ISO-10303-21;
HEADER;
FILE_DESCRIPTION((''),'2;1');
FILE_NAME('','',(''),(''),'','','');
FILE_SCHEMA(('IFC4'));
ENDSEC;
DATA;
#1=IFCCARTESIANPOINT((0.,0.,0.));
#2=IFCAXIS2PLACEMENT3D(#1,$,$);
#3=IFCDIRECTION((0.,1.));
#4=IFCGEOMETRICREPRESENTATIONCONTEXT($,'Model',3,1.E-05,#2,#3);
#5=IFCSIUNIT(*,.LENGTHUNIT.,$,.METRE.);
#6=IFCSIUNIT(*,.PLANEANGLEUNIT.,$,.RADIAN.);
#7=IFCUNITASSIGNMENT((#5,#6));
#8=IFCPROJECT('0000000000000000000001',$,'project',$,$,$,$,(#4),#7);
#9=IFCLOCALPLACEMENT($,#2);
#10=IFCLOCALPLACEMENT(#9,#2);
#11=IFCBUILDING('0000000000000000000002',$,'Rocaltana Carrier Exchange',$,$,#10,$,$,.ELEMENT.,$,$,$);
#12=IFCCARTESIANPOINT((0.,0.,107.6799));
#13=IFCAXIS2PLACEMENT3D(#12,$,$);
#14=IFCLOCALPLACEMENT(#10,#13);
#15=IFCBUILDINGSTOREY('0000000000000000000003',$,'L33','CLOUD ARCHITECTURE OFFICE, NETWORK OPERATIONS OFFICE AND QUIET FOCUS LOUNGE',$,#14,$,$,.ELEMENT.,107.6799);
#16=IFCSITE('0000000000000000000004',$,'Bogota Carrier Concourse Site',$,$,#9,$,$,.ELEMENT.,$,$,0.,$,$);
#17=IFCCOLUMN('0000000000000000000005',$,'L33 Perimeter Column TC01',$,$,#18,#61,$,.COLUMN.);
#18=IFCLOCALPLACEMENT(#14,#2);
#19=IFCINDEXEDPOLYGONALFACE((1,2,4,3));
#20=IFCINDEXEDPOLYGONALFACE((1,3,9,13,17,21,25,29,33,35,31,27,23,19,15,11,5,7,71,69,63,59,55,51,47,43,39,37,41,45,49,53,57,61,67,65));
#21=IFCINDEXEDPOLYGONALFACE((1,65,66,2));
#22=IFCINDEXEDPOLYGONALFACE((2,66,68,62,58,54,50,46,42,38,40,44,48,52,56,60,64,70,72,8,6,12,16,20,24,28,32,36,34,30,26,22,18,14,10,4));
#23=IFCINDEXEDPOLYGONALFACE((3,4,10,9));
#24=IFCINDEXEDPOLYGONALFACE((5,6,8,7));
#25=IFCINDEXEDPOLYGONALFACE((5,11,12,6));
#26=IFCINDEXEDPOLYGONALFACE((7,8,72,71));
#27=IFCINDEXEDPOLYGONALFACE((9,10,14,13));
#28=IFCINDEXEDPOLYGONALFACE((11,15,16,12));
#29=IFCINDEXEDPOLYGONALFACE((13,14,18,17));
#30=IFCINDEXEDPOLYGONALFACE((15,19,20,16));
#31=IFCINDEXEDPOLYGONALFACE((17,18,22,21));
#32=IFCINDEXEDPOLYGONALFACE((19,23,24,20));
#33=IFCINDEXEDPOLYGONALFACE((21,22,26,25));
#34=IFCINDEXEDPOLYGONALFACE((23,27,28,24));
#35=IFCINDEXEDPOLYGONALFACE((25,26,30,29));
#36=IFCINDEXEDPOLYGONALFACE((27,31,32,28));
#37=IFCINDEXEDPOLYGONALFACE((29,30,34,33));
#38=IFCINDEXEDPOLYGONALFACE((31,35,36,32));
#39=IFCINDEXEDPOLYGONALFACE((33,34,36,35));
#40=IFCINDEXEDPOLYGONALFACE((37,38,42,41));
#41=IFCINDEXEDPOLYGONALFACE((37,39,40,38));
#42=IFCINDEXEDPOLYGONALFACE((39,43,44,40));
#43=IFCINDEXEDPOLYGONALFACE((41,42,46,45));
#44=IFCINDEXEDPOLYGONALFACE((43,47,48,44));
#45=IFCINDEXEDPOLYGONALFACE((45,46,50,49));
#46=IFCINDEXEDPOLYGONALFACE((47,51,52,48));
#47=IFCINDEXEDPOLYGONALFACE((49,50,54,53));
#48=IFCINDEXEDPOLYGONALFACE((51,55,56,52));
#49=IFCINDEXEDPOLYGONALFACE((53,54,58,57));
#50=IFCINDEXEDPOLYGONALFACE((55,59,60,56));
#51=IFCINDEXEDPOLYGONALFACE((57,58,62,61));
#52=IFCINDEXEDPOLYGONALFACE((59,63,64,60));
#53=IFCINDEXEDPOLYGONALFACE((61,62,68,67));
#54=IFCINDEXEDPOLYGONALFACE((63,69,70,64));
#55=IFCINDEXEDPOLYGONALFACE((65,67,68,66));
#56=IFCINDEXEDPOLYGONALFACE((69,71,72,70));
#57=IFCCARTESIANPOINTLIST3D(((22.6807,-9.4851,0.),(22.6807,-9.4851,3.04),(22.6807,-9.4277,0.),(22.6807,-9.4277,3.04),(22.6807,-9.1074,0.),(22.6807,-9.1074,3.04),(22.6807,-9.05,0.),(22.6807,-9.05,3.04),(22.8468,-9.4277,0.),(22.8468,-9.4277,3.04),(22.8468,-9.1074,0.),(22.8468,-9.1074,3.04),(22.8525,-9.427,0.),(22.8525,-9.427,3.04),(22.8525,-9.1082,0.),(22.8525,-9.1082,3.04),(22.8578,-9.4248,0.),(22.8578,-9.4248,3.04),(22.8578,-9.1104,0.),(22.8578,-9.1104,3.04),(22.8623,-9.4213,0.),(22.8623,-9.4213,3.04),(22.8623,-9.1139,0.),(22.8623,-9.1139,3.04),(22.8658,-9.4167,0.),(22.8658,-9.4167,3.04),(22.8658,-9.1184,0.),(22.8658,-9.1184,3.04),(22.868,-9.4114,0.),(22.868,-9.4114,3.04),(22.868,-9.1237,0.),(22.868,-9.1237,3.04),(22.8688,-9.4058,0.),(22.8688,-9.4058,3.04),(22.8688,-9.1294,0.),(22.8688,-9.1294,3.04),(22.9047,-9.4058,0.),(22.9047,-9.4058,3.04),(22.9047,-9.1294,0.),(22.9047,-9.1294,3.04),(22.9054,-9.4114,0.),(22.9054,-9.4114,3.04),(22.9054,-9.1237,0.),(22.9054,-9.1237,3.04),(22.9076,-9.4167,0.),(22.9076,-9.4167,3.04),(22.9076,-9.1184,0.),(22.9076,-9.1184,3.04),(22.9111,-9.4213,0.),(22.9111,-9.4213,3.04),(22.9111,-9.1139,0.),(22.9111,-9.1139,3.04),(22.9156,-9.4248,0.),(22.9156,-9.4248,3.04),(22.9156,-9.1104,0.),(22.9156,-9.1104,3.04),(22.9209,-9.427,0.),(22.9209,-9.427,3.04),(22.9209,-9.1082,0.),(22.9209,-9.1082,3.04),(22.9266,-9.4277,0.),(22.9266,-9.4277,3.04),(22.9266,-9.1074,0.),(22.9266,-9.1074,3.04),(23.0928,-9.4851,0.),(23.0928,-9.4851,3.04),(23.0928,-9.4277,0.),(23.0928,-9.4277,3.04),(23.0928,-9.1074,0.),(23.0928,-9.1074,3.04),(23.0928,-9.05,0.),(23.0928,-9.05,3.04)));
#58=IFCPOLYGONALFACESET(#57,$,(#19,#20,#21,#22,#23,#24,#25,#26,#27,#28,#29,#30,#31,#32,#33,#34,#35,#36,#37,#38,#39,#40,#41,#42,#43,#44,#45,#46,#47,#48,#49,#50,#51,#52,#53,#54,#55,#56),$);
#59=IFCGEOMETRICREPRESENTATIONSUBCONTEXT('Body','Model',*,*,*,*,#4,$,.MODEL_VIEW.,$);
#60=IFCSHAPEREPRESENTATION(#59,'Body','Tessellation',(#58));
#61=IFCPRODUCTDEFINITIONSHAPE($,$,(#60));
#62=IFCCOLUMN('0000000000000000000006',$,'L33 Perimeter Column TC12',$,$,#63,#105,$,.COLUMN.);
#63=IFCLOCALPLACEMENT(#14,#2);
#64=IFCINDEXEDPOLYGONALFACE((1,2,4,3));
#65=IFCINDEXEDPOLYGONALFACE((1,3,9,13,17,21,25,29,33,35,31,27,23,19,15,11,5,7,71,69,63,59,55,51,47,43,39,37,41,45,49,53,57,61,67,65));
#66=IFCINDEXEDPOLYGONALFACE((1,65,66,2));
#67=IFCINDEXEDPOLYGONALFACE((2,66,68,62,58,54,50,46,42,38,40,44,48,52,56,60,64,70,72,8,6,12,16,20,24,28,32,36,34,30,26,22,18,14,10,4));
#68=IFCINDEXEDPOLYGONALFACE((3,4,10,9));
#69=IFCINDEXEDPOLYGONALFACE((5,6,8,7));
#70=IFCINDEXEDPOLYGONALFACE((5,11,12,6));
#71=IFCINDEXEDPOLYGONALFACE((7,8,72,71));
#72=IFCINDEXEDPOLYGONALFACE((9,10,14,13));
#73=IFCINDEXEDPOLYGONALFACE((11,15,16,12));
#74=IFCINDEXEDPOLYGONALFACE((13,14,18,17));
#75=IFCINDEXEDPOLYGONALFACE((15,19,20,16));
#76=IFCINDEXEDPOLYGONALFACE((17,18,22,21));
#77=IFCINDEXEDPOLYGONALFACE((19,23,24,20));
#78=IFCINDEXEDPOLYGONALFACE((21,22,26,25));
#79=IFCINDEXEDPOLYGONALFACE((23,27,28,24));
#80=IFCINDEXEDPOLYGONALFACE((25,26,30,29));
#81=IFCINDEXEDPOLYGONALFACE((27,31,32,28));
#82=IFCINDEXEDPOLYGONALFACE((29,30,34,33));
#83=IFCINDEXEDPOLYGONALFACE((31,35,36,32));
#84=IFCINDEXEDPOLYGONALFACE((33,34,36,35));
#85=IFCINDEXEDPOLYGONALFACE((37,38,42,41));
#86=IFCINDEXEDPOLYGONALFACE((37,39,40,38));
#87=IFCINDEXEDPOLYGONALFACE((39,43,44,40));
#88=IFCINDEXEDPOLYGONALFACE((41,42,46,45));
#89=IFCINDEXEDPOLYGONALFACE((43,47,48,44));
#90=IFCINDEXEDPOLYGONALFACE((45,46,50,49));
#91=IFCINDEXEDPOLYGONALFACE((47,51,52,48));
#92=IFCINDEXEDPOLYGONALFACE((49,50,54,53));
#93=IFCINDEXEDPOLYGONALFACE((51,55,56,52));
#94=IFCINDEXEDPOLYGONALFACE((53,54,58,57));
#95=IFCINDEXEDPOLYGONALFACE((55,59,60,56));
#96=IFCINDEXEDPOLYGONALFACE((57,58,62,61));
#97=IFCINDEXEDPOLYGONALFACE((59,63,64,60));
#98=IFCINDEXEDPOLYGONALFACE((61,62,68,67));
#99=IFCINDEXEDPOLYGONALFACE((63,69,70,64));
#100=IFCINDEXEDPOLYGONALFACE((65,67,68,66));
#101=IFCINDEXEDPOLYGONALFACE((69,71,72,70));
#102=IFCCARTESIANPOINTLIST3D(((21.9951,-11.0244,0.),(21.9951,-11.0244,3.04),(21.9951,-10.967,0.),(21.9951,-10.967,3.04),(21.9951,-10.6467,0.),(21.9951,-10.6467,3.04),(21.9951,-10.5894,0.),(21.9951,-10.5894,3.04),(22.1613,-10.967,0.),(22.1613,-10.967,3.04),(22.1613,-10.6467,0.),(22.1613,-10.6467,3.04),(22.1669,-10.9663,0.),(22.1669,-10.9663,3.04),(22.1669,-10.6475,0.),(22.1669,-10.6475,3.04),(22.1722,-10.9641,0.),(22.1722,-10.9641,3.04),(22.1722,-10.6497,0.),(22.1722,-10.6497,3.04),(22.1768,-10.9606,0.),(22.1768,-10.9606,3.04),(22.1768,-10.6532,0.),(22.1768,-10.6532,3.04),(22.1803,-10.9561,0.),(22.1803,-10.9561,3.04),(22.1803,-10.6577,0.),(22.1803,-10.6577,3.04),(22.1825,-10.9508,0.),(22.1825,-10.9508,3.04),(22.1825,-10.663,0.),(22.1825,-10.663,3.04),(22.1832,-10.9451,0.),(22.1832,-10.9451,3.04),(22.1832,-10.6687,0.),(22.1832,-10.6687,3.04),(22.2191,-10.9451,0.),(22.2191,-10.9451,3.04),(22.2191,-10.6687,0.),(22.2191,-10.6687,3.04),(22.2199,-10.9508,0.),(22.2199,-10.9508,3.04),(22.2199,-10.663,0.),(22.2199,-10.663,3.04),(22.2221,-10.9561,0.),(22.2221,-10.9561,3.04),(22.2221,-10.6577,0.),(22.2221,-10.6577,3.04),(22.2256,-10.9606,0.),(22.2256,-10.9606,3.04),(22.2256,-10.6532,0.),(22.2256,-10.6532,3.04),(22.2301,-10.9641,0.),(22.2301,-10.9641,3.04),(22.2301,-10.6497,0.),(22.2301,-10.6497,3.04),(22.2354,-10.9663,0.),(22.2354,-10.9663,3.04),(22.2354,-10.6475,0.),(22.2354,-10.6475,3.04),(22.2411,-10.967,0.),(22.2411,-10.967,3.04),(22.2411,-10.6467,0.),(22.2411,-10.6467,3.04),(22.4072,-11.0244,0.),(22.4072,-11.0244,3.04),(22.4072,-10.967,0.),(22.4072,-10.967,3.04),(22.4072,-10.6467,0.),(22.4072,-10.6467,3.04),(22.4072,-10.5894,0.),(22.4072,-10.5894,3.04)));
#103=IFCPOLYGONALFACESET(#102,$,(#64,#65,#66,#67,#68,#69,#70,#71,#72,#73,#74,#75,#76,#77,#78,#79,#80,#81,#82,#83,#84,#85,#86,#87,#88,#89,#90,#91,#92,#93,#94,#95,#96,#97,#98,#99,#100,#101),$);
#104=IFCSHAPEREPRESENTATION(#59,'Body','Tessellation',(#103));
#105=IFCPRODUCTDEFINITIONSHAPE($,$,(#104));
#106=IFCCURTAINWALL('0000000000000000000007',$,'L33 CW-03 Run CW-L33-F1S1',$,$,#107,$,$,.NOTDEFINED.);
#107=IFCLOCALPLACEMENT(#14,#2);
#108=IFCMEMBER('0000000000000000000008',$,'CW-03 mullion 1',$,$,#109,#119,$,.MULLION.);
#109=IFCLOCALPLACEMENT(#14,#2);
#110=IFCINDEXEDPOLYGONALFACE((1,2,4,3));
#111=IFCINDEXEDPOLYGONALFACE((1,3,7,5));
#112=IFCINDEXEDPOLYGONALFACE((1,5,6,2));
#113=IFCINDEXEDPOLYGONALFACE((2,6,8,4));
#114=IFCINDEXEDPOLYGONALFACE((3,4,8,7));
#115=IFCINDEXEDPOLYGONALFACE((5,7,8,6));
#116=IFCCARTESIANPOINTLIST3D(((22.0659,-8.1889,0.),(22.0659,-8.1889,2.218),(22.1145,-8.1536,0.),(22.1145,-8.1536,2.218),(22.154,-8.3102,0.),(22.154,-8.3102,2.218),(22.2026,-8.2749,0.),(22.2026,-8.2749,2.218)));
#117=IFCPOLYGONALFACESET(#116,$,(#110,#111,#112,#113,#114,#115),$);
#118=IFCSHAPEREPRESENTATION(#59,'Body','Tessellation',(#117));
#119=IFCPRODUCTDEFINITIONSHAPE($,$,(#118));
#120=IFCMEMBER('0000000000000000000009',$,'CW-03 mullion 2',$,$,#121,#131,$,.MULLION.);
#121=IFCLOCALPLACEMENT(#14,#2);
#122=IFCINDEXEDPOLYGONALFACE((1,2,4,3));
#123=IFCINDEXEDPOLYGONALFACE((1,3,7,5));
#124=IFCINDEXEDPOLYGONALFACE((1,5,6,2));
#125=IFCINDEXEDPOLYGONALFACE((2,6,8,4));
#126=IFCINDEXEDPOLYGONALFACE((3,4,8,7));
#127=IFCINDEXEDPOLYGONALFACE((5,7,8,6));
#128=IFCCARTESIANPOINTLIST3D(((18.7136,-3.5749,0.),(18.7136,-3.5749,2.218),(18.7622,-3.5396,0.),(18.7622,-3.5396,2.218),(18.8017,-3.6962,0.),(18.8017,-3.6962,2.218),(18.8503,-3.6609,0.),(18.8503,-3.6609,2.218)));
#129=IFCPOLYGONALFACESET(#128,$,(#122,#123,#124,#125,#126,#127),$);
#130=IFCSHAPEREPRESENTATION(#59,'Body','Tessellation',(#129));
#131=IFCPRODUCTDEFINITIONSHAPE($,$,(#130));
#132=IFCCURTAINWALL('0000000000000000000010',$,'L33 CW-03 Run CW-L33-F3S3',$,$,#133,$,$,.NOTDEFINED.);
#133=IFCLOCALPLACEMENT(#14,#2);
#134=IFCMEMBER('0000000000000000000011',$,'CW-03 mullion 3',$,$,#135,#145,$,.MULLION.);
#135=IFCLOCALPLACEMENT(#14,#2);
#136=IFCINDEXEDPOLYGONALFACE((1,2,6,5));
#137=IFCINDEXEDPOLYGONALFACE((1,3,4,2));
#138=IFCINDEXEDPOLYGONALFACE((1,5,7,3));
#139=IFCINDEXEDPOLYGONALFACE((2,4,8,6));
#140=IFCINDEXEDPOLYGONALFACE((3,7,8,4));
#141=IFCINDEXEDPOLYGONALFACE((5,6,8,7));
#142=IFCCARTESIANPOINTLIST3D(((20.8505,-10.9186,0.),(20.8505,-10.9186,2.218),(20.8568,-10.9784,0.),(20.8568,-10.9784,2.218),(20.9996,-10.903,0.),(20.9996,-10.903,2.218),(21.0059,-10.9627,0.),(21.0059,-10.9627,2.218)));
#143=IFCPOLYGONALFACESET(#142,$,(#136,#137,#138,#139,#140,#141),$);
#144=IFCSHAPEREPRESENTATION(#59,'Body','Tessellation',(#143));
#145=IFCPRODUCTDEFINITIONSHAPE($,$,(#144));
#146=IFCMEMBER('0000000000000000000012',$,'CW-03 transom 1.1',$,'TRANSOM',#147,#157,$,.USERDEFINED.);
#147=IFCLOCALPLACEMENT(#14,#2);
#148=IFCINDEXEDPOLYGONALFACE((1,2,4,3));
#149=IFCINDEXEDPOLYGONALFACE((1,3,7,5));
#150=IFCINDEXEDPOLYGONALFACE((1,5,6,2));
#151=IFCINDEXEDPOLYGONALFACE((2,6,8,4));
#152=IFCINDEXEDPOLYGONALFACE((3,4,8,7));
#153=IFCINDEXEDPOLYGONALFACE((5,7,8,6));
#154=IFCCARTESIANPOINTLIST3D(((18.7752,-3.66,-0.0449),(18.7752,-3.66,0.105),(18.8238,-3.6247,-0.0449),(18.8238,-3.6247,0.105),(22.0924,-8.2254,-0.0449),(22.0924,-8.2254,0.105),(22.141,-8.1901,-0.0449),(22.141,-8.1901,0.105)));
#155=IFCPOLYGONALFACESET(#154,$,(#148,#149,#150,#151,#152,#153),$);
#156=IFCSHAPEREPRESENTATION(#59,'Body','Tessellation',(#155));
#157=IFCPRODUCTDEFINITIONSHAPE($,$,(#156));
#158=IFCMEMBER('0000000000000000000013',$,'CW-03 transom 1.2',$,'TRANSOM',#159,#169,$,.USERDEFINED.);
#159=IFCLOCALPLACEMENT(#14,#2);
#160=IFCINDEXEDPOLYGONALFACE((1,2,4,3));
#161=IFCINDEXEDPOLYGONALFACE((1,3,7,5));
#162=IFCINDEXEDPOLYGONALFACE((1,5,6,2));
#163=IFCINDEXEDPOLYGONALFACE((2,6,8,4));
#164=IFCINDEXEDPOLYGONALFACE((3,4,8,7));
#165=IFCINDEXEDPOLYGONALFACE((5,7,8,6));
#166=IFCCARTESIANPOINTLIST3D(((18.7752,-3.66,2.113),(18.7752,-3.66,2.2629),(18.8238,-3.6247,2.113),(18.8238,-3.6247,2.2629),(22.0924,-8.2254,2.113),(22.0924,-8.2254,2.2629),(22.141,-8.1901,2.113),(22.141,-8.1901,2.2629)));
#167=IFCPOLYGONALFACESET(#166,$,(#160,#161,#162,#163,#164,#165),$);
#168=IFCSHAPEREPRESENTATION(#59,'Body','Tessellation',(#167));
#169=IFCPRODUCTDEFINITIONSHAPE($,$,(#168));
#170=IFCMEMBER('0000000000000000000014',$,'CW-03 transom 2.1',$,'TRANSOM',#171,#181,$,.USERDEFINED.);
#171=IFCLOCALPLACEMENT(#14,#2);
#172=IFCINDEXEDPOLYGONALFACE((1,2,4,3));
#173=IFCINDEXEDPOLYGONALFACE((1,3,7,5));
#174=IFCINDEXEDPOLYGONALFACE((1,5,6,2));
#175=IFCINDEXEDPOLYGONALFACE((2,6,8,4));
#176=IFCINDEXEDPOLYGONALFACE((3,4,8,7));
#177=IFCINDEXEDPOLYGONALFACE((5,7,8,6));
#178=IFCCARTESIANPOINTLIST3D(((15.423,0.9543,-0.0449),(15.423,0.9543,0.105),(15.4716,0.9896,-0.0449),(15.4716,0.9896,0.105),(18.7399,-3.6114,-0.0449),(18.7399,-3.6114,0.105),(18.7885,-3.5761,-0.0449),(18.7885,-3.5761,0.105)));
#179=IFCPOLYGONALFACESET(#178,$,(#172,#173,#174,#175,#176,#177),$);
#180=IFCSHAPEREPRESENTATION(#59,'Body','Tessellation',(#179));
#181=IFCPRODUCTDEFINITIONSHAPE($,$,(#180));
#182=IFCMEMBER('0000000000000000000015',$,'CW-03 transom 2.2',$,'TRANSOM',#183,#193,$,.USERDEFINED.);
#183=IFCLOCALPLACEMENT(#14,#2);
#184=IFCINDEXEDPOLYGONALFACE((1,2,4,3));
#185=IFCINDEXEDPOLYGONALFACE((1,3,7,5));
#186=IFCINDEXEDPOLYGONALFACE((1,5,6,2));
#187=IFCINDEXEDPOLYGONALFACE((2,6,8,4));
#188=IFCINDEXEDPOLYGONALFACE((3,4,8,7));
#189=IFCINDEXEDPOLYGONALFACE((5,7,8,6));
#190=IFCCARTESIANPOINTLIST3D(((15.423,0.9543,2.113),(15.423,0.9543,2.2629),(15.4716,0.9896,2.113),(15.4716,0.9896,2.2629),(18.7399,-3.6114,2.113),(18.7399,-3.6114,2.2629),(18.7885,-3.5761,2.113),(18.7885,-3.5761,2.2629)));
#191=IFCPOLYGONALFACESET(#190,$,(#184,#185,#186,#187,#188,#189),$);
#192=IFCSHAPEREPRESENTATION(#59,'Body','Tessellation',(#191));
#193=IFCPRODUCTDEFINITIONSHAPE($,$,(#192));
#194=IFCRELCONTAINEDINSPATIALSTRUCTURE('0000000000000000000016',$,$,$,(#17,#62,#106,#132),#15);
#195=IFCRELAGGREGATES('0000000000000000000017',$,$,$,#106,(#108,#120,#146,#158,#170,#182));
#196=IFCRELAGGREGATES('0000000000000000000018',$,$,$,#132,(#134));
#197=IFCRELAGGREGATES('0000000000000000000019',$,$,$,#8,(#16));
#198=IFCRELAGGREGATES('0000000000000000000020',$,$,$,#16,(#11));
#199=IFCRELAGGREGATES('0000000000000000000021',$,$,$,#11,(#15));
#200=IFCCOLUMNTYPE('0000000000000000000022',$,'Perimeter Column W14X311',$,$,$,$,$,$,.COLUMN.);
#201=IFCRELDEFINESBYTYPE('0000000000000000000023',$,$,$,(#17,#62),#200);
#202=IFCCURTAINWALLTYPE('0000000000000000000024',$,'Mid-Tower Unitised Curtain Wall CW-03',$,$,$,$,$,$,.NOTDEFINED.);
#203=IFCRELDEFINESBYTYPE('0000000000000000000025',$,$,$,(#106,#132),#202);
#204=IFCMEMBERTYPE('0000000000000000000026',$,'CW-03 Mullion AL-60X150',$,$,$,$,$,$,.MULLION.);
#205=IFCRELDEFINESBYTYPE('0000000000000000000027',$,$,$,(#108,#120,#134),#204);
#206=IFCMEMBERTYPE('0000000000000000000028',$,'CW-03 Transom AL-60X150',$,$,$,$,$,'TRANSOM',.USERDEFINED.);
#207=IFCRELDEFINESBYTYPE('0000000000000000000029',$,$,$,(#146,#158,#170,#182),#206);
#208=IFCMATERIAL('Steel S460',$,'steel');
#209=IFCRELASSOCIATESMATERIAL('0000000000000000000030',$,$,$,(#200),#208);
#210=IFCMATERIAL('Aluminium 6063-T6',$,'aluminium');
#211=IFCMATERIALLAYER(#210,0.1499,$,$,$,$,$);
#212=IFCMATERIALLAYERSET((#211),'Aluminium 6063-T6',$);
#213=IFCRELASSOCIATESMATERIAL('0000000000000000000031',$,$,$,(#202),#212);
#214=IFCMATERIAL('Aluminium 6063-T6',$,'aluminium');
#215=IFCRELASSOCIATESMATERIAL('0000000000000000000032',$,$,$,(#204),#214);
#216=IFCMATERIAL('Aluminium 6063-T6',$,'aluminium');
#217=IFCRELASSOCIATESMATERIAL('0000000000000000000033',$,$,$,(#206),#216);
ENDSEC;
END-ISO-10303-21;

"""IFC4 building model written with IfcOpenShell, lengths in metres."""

from ifc_helpers import new_model, si_unit, direction, frame, origin, origin_2d, place, context, subcontext, project, spatial, rectangle, i_section, extrude, material, layer, layer_set, material_profile, profile_set, type_object, element, aggregate, save


model = new_model("IFC4")

# Units and contexts
model_context = context("Model", 3, precision=1e-05, world=origin(), true_north=direction((0.0, 1.0)))
body_context = subcontext(model_context, "Body", "Model", "MODEL_VIEW")
ifc_project = project(units=[si_unit("LENGTHUNIT", "METRE"), si_unit("PLANEANGLEUNIT", "RADIAN")], contexts=[model_context])

# Site, building, storey
site_placement = place(None, origin())
site = spatial("IfcSite", under=ifc_project, at=site_placement, Name="Bogota Carrier Concourse Site", CompositionType="ELEMENT", RefElevation=0.0)
building_placement = place(site_placement, origin())
building = spatial("IfcBuilding", under=site, at=building_placement, Name="Rocaltana Carrier Exchange", CompositionType="ELEMENT")
storey_placement = place(building_placement, frame((0.0, 0.0, 107.6799)))
storey = spatial("IfcBuildingStorey", under=building, at=storey_placement, Name="L33", Description="CLOUD ARCHITECTURE OFFICE, NETWORK OPERATIONS OFFICE AND QUIET FOCUS LOUNGE", CompositionType="ELEMENT", Elevation=107.6799)

# Columns
ifc_material_1 = material(Name="Steel S460", Category="steel")
ifc_material_profile_1 = material_profile(ifc_material_1, i_section(OverallWidth=0.4121, OverallDepth=0.4351, WebThickness=0.0359, FlangeThickness=0.0574, FilletRadius=0.022, at=origin_2d()), Name="W14X311")
ifc_profile_set_1 = profile_set([ifc_material_profile_1], Name="Steel S460")
column_type = type_object("IfcColumnType", Name="Perimeter Column W14X311", PredefinedType="COLUMN", material=ifc_profile_set_1)
for number, where, z_axis, x_axis, name in (
    (1, (22.8867, -9.2676, 0.0), (0.0, 0.0, 1.0), (1.0, 0.0, 0.0), "L33 Perimeter Column TC01"),
    (2, (22.2012, -10.8069, 0.0), (0.0, 0.0, 1.0), (1.0, 0.0, 0.0), "L33 Perimeter Column TC12"),
):
    element("IfcColumn", number, at=place(storey_placement, frame(where, z_axis=z_axis, x_axis=x_axis)), inside=storey, type_object=column_type, Name=name, PredefinedType="COLUMN", context=body_context, shape_type="SweptSolid", body=[
        extrude(i_section(OverallWidth=0.4121, OverallDepth=0.4351, WebThickness=0.0359, FlangeThickness=0.0574, FilletRadius=0.022, at=origin_2d()), origin(), (0.0, 0.0, 1.0), 3.04),
    ])

# Curtain wall, members
ifc_material_2 = material(Name="Aluminium 6063-T6", Category="aluminium")
ifc_layer_1 = layer(ifc_material_2, 0.1499)
ifc_layer_set_1 = layer_set([ifc_layer_1], Name="Aluminium 6063-T6")
curtain_wall_type = type_object("IfcCurtainWallType", Name="Mid-Tower Unitised Curtain Wall CW-03", PredefinedType="NOTDEFINED", material=ifc_layer_set_1)
curtain_wall_1_placement = place(storey_placement, origin())
curtain_wall_1 = element("IfcCurtainWall", 3, at=curtain_wall_1_placement, inside=storey, type_object=curtain_wall_type, Name="L33 CW-03 Run CW-L33-F1S1", PredefinedType="NOTDEFINED")
ifc_material_3 = material(Name="Aluminium 6063-T6", Category="aluminium")
ifc_material_profile_2 = material_profile(ifc_material_3, rectangle(XDim=0.0601, YDim=0.1499, at=origin_2d()), Name="AL-60X150")
ifc_profile_set_2 = profile_set([ifc_material_profile_2], Name="Aluminium 6063-T6")
member_type_1 = type_object("IfcMemberType", Name="CW-03 Mullion AL-60X150", PredefinedType="MULLION", material=ifc_profile_set_2)
member_1_placement = place(storey_placement, frame((22.1343, -8.2319, 0.0), z_axis=(0.0, 0.0, 1.0), x_axis=(-0.809014, -0.58779, 0.0)))
member_1 = element("IfcMember", 4, at=member_1_placement, type_object=member_type_1, Name="CW-03 mullion 1", PredefinedType="MULLION", context=body_context, shape_type="SweptSolid", body=[
    extrude(rectangle(XDim=0.0601, YDim=0.1499, at=origin_2d()), origin(), (0.0, 0.0, 1.0), 2.218),
])
member_2_placement = place(storey_placement, frame((18.782, -3.6179, 0.0), z_axis=(0.0, 0.0, 1.0), x_axis=(-0.809014, -0.58779, 0.0)))
member_2 = element("IfcMember", 5, at=member_2_placement, type_object=member_type_1, Name="CW-03 mullion 2", PredefinedType="MULLION", context=body_context, shape_type="SweptSolid", body=[
    extrude(rectangle(XDim=0.0601, YDim=0.1499, at=origin_2d()), origin(), (0.0, 0.0, 1.0), 2.218),
])

# Curtain wall, member
curtain_wall_2_placement = place(storey_placement, origin())
curtain_wall_2 = element("IfcCurtainWall", 6, at=curtain_wall_2_placement, inside=storey, type_object=curtain_wall_type, Name="L33 CW-03 Run CW-L33-F3S3", PredefinedType="NOTDEFINED")
member_3_placement = place(storey_placement, frame((20.9282, -10.9407, 0.0), z_axis=(0.0, 0.0, 1.0), x_axis=(-0.104522, 0.994523, 0.0)))
member_3 = element("IfcMember", 7, at=member_3_placement, type_object=member_type_1, Name="CW-03 mullion 3", PredefinedType="MULLION", context=body_context, shape_type="SweptSolid", body=[
    extrude(rectangle(XDim=0.0601, YDim=0.1499, at=origin_2d()), origin(), (0.0, 0.0, 1.0), 2.218),
])

# Members
ifc_material_4 = material(Name="Aluminium 6063-T6", Category="aluminium")
ifc_material_profile_3 = material_profile(ifc_material_4, rectangle(XDim=0.0601, YDim=0.1499, at=origin_2d()), Name="AL-60X150")
ifc_profile_set_3 = profile_set([ifc_material_profile_3], Name="Aluminium 6063-T6")
member_type_2 = type_object("IfcMemberType", Name="CW-03 Transom AL-60X150", ElementType="TRANSOM", PredefinedType="USERDEFINED", material=ifc_profile_set_3)
member_4_placement = place(storey_placement, frame((22.1167, -8.2078, 0.03), z_axis=(-0.587804, 0.809004, 0.0), x_axis=(-0.809004, -0.587804, 0.0)))
member_4 = element("IfcMember", 8, at=member_4_placement, type_object=member_type_2, Name="CW-03 transom 1.1", ObjectType="TRANSOM", PredefinedType="USERDEFINED", context=body_context, shape_type="SweptSolid", body=[
    extrude(rectangle(XDim=0.0601, YDim=0.1499, at=origin_2d()), origin(), (0.0, 0.0, 1.0), 5.6433),
])
member_5_placement = place(storey_placement, frame((22.1167, -8.2078, 2.188), z_axis=(-0.587804, 0.809004, 0.0), x_axis=(-0.809004, -0.587804, 0.0)))
member_5 = element("IfcMember", 9, at=member_5_placement, type_object=member_type_2, Name="CW-03 transom 1.2", ObjectType="TRANSOM", PredefinedType="USERDEFINED", context=body_context, shape_type="SweptSolid", body=[
    extrude(rectangle(XDim=0.0601, YDim=0.1499, at=origin_2d()), origin(), (0.0, 0.0, 1.0), 5.6433),
])
member_6_placement = place(storey_placement, frame((18.7642, -3.5938, 0.03), z_axis=(-0.587755, 0.809039, 0.0), x_axis=(-0.809039, -0.587755, 0.0)))
member_6 = element("IfcMember", 10, at=member_6_placement, type_object=member_type_2, Name="CW-03 transom 2.1", ObjectType="TRANSOM", PredefinedType="USERDEFINED", context=body_context, shape_type="SweptSolid", body=[
    extrude(rectangle(XDim=0.0601, YDim=0.1499, at=origin_2d()), origin(), (0.0, 0.0, 1.0), 5.6433),
])
member_7_placement = place(storey_placement, frame((18.7642, -3.5938, 2.188), z_axis=(-0.587755, 0.809039, 0.0), x_axis=(-0.809039, -0.587755, 0.0)))
member_7 = element("IfcMember", 11, at=member_7_placement, type_object=member_type_2, Name="CW-03 transom 2.2", ObjectType="TRANSOM", PredefinedType="USERDEFINED", context=body_context, shape_type="SweptSolid", body=[
    extrude(rectangle(XDim=0.0601, YDim=0.1499, at=origin_2d()), origin(), (0.0, 0.0, 1.0), 5.6433),
])

aggregate(curtain_wall_1, [member_1, member_2, member_4, member_5, member_6, member_7])
aggregate(curtain_wall_2, [member_3])

save(model, "model.ifc")
